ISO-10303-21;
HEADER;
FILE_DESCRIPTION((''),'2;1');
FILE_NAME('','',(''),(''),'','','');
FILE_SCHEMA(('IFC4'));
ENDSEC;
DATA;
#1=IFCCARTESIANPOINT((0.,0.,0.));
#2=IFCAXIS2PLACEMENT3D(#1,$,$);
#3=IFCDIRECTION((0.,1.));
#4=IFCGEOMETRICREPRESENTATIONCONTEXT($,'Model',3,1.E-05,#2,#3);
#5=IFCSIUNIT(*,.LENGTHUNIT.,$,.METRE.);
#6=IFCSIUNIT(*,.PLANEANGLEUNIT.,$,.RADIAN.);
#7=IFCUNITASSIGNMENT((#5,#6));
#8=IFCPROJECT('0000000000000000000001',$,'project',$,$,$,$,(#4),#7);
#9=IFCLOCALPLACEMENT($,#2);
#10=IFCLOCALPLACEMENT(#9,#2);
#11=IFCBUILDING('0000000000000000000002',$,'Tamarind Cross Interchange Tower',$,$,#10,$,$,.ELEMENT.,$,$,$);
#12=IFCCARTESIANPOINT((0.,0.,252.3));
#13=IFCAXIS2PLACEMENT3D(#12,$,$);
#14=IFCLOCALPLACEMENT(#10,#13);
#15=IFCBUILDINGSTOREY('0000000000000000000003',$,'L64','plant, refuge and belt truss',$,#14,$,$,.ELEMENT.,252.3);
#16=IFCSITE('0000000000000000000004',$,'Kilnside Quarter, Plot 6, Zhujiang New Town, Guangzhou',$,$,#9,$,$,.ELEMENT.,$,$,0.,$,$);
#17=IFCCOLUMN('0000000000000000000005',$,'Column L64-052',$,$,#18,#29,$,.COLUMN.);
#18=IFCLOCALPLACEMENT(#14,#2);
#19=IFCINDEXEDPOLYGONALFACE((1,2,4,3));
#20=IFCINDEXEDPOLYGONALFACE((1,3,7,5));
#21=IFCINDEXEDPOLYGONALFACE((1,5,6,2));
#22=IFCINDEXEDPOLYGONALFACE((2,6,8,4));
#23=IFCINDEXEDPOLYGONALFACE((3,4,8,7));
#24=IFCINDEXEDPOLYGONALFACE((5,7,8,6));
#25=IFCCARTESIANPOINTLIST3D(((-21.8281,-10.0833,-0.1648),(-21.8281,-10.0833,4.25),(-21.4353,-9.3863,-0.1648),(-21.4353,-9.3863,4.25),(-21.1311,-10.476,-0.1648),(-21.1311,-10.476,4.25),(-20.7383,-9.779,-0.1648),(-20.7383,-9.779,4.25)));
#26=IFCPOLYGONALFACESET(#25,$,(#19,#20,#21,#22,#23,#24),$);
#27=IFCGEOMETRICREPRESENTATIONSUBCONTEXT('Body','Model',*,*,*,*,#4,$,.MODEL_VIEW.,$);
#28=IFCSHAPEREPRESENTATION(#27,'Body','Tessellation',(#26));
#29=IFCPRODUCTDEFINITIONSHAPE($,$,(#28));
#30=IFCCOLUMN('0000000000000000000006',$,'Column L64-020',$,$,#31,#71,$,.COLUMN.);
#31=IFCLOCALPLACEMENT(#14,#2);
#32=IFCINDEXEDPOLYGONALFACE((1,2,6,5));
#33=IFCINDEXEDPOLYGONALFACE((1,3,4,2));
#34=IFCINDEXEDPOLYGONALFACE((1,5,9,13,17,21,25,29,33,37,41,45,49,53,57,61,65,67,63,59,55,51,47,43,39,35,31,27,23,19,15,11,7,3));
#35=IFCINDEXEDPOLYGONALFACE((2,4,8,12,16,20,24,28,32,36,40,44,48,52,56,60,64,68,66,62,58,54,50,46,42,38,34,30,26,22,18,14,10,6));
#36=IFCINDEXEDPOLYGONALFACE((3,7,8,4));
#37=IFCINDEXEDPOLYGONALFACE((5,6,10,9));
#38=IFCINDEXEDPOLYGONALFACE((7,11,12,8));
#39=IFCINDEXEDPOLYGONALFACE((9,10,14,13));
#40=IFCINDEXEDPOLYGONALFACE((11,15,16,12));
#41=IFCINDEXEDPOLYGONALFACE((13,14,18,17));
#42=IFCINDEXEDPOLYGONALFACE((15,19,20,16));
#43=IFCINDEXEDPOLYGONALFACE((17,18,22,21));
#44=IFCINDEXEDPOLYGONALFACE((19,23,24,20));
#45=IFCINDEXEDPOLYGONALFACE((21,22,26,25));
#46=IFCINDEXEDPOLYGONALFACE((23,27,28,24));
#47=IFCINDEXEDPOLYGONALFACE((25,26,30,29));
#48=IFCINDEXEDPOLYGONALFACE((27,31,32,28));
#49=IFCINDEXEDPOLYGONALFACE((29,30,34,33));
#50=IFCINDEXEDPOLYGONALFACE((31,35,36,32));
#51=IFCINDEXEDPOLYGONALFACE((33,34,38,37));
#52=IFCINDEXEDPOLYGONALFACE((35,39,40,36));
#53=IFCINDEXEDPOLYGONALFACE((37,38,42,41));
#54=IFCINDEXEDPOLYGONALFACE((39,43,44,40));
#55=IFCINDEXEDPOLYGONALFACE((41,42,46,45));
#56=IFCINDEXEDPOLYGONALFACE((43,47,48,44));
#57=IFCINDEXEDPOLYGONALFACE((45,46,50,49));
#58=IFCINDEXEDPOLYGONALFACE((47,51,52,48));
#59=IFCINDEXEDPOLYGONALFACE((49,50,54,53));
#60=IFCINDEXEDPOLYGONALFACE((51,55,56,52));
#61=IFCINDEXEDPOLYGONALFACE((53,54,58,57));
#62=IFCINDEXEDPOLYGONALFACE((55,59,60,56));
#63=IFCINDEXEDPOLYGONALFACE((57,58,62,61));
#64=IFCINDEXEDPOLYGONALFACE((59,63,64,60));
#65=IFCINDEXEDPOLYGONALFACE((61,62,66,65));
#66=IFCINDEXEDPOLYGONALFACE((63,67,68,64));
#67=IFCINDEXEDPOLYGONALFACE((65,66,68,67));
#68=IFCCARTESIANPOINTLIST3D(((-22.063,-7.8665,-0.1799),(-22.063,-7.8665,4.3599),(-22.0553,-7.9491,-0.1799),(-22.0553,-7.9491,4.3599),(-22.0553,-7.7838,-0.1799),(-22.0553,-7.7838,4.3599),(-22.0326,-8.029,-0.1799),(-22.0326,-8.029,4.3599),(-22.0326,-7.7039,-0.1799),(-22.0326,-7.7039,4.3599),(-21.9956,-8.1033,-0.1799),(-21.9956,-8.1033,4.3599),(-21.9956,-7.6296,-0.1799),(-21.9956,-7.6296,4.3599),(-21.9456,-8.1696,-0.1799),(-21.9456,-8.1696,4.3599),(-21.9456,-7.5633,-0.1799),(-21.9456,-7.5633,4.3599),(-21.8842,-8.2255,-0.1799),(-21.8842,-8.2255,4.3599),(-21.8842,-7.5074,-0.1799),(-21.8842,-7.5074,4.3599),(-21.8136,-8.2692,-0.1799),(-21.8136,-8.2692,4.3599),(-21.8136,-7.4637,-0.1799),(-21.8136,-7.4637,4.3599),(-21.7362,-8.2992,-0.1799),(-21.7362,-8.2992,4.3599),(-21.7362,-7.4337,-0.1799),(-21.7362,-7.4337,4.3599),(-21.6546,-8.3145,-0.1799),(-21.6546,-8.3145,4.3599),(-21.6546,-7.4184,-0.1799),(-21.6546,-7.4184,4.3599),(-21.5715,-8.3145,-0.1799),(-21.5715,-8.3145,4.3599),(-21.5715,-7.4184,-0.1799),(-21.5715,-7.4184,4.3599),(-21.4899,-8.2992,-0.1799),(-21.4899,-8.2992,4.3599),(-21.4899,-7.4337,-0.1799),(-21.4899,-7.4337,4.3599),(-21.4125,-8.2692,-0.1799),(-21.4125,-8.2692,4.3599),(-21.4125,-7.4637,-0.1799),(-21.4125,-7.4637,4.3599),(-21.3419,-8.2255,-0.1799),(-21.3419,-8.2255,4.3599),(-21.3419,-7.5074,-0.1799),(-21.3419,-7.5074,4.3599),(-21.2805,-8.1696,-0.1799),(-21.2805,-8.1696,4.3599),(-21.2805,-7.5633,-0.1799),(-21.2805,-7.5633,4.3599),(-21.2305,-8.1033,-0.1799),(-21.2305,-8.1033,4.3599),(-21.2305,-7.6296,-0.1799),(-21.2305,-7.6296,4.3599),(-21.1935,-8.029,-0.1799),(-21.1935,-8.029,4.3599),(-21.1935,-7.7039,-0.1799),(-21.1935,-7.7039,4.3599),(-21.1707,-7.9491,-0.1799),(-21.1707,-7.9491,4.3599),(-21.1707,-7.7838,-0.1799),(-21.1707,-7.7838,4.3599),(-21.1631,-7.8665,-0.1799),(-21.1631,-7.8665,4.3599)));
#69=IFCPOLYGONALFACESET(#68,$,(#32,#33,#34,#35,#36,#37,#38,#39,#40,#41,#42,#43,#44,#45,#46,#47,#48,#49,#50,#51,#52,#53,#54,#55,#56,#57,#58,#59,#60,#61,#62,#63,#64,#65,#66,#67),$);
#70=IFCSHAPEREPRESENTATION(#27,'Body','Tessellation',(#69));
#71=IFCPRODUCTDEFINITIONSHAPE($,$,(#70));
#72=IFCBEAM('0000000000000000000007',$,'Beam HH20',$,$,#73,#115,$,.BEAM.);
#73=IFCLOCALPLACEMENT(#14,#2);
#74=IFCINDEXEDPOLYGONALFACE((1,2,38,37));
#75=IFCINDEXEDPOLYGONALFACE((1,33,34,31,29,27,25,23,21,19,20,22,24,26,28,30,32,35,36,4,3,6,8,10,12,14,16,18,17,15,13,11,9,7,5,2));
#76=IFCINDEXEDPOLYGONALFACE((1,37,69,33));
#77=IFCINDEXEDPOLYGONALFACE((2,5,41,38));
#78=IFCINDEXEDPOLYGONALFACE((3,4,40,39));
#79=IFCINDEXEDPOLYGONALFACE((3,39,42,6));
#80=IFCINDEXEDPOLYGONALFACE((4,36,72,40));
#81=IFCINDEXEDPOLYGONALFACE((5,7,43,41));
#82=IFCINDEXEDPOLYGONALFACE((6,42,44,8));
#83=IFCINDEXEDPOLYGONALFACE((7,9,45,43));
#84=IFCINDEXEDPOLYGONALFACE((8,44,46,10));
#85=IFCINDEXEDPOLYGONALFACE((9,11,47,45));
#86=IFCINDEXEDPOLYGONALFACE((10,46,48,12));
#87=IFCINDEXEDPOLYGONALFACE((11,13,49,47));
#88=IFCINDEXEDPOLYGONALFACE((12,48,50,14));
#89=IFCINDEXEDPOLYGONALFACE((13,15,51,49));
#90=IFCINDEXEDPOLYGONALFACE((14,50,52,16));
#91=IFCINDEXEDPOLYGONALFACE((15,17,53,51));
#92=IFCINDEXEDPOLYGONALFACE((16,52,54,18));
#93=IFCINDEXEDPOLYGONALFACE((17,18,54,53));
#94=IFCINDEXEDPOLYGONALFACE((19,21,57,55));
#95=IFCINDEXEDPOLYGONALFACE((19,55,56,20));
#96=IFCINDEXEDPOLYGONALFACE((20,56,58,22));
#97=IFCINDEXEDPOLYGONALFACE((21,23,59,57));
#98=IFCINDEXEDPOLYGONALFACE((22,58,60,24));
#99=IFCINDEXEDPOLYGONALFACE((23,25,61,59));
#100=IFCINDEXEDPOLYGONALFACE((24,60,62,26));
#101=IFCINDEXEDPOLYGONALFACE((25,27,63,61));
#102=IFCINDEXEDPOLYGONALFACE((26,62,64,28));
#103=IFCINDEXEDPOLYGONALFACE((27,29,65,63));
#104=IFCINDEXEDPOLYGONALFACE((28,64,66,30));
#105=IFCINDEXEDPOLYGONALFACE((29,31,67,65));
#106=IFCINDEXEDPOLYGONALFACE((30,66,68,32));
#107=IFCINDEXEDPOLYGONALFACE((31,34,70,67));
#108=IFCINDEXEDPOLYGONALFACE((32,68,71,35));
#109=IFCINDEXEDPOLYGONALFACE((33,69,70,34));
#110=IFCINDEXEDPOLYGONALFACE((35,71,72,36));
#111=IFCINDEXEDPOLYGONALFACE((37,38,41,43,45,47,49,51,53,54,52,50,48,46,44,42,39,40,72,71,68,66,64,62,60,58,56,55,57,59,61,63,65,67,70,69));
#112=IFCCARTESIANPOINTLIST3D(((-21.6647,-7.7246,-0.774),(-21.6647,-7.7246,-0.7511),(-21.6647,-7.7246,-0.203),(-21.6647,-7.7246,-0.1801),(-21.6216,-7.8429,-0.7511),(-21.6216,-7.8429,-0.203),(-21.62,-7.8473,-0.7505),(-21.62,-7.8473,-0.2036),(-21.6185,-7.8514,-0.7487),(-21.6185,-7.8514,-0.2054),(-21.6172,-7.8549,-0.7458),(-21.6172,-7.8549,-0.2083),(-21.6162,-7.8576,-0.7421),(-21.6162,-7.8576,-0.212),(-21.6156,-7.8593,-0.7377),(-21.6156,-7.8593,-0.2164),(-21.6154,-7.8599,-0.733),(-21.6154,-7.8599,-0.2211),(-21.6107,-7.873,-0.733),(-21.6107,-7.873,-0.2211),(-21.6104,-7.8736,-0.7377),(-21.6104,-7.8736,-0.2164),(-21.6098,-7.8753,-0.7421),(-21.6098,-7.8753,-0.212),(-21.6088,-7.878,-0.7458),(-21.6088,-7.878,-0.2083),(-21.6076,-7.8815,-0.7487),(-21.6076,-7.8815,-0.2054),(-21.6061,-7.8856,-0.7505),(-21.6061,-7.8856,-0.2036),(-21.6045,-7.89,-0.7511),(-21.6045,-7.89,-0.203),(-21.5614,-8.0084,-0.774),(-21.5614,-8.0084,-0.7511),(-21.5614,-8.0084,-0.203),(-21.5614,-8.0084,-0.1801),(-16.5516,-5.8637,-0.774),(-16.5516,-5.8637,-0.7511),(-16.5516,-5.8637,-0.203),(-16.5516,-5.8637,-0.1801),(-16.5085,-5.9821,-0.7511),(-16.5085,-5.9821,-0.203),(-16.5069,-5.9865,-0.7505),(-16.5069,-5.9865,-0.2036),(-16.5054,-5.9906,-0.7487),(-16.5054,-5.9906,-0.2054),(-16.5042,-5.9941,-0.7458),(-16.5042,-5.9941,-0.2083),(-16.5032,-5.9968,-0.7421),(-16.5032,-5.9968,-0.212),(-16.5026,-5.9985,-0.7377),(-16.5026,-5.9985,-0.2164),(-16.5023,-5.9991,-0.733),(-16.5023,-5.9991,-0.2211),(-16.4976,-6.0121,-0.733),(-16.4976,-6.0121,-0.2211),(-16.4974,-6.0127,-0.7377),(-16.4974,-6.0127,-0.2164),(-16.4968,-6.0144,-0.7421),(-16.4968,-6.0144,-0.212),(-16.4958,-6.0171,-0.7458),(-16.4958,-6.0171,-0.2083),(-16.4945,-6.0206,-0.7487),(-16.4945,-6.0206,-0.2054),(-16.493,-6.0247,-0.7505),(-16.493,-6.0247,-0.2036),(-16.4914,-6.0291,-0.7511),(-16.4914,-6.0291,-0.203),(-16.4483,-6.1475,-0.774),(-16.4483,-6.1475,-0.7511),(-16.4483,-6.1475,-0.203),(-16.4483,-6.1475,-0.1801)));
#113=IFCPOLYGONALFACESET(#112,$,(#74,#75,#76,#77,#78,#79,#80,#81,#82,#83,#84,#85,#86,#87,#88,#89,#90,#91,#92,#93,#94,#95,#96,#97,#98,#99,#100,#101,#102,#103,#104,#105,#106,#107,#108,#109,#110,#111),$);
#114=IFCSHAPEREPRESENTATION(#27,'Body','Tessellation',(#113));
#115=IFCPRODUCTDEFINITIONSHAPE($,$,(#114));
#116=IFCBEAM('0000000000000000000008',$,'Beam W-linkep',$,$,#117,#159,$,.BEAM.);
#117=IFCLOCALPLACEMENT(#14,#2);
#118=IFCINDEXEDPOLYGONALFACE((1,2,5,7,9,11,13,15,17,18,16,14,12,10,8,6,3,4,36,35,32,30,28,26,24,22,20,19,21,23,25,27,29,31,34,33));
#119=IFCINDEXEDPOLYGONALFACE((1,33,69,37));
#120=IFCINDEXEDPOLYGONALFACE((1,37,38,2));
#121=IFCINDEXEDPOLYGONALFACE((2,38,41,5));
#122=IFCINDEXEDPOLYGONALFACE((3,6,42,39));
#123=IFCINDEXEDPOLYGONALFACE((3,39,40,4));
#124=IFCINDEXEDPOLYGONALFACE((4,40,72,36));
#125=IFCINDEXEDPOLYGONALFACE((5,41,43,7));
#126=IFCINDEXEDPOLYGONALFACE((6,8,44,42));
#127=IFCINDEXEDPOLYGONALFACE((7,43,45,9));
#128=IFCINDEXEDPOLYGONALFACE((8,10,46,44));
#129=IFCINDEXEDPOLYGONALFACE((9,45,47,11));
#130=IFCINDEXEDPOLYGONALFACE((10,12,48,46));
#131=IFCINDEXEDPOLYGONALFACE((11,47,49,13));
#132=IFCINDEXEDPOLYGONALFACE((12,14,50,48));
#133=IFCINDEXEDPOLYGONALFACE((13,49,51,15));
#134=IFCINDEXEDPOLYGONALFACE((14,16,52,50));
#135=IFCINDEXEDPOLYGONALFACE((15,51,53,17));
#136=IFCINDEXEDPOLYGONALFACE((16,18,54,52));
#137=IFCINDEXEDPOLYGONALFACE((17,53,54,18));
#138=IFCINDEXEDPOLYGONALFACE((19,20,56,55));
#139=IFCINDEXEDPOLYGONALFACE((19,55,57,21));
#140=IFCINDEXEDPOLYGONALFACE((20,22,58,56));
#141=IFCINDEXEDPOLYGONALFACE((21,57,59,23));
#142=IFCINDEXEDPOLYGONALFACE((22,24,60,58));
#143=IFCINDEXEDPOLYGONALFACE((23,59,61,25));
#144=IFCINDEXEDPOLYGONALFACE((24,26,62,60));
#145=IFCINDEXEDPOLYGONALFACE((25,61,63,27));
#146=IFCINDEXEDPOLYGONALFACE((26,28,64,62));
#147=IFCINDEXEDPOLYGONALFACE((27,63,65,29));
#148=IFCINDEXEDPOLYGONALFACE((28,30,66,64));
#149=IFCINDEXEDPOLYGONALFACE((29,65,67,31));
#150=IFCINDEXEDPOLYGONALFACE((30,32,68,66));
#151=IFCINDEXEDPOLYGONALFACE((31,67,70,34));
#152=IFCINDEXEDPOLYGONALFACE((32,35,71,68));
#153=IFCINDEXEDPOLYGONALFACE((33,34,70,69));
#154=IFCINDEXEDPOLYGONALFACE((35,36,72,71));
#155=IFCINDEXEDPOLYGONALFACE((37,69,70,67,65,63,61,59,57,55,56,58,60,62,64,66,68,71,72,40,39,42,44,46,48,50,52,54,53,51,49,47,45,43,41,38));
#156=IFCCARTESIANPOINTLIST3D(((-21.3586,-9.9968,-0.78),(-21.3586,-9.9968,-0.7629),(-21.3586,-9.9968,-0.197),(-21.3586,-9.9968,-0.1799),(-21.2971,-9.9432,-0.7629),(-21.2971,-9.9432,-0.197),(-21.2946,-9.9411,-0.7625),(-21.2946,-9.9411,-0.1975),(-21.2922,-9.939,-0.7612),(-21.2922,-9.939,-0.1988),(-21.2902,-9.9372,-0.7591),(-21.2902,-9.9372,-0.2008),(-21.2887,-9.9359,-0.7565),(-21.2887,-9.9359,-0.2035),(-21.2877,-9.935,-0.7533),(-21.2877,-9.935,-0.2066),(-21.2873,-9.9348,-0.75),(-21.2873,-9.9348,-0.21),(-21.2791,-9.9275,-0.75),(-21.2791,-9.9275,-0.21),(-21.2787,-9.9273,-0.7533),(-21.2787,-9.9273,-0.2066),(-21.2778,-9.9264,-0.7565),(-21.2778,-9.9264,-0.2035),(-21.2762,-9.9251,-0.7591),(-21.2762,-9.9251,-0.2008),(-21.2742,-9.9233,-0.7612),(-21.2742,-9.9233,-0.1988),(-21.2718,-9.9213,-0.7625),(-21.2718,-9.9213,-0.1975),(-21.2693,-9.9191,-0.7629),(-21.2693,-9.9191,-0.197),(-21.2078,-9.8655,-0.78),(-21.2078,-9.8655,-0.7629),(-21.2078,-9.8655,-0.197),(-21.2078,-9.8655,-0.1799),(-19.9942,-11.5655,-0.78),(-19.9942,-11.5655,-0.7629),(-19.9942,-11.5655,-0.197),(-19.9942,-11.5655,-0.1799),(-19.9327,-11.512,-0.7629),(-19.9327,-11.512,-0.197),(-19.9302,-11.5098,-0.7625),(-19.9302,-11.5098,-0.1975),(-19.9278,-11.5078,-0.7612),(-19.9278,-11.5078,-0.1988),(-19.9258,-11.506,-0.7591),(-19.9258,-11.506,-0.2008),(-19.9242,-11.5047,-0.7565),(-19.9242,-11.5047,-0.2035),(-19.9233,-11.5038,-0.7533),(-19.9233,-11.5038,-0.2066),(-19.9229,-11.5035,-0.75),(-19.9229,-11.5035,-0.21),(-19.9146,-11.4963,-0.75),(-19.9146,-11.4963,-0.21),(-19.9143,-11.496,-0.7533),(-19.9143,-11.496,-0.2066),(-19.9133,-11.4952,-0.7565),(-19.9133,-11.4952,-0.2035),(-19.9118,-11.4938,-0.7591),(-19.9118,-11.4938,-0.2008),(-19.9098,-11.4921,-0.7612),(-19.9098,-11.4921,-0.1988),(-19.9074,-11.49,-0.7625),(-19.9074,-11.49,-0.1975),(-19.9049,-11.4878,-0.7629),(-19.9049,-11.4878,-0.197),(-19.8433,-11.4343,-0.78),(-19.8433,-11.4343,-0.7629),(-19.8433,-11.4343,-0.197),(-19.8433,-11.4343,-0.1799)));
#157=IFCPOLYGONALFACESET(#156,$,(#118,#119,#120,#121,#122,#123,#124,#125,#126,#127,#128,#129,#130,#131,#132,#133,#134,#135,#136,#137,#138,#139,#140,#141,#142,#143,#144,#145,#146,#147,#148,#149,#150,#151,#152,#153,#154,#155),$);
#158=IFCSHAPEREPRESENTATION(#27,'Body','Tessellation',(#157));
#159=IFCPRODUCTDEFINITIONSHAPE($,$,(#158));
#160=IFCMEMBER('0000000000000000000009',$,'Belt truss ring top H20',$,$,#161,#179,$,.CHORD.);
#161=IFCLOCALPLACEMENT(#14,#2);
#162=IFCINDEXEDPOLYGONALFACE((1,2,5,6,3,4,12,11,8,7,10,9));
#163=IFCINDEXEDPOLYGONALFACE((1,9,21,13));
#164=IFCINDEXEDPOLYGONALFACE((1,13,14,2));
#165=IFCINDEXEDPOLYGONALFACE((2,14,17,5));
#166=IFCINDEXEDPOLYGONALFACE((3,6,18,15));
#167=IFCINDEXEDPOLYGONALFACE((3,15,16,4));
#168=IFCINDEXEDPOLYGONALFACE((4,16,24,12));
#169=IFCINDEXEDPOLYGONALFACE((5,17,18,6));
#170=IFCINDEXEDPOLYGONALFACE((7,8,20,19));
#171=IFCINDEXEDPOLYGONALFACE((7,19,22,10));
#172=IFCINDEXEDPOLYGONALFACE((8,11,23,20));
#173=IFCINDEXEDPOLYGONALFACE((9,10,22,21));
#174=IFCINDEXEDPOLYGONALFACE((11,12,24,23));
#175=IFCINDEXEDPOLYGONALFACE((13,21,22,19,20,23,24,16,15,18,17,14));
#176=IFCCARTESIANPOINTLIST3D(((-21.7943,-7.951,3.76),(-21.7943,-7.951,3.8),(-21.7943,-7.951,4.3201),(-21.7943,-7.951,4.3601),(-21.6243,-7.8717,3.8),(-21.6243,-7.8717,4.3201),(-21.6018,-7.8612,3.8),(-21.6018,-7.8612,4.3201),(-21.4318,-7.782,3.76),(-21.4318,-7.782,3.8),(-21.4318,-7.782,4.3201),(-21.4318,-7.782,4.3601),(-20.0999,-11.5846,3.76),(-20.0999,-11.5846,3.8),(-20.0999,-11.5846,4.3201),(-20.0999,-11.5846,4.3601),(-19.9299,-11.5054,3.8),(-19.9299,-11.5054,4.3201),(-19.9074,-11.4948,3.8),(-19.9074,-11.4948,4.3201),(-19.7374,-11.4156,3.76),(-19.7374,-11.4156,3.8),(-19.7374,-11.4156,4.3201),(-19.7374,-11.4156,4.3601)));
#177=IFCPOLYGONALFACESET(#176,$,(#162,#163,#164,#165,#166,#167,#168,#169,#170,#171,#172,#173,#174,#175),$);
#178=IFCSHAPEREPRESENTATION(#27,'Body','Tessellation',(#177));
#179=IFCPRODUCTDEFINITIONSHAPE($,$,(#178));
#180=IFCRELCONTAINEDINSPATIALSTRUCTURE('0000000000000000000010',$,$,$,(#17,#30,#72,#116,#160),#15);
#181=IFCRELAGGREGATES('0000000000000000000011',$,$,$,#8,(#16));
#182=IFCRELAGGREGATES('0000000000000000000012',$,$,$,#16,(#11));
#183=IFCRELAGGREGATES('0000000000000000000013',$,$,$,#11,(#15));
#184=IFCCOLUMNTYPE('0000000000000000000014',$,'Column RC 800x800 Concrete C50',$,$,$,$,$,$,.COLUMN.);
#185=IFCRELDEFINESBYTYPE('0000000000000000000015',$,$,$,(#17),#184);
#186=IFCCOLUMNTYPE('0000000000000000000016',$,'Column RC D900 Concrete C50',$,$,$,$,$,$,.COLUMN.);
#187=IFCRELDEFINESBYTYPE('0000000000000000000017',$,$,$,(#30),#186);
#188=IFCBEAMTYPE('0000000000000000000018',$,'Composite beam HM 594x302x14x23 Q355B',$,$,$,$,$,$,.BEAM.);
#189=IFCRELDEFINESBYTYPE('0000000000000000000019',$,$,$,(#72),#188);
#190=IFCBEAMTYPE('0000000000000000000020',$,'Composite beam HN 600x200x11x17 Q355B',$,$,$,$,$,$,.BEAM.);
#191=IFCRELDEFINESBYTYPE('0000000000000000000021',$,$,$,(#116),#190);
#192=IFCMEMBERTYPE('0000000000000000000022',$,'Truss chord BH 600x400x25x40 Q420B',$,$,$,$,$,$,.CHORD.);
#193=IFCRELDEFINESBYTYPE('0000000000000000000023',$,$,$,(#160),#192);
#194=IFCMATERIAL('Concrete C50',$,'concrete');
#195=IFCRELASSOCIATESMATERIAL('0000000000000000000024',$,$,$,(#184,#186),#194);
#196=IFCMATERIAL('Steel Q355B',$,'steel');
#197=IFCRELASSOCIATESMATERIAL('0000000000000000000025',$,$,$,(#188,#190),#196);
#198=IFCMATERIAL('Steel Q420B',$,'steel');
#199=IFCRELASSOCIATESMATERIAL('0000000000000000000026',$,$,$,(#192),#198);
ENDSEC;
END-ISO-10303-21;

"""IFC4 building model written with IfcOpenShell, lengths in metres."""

from ifc_helpers import new_model, si_unit, direction, frame, origin, origin_2d, place, context, subcontext, project, spatial, rectangle, circle, i_section, extrude, material, material_profile, profile_set, type_object, element, save


model = new_model("IFC4")

# Units and contexts
model_context = context("Model", 3, precision=1e-05, world=origin(), true_north=direction((0.0, 1.0)))
body_context = subcontext(model_context, "Body", "Model", "MODEL_VIEW")
ifc_project = project(units=[si_unit("LENGTHUNIT", "METRE"), si_unit("PLANEANGLEUNIT", "RADIAN")], contexts=[model_context])

# Site, building, storey
site_placement = place(None, origin())
site = spatial("IfcSite", under=ifc_project, at=site_placement, Name="Kilnside Quarter, Plot 6, Zhujiang New Town, Guangzhou", CompositionType="ELEMENT", RefElevation=0.0)
building_placement = place(site_placement, origin())
building = spatial("IfcBuilding", under=site, at=building_placement, Name="Tamarind Cross Interchange Tower", CompositionType="ELEMENT")
storey_placement = place(building_placement, frame((0.0, 0.0, 252.3)))
storey = spatial("IfcBuildingStorey", under=building, at=storey_placement, Name="L64", Description="plant, refuge and belt truss", CompositionType="ELEMENT", Elevation=252.3)

# Columns
ifc_material_1 = material(Name="Concrete C50", Category="concrete")
ifc_material_profile_1 = material_profile(ifc_material_1, rectangle(XDim=0.8, YDim=0.8, at=origin_2d()), Name="RC 800x800")
ifc_profile_set_1 = profile_set([ifc_material_profile_1], Name="Concrete C50")
column_type_1 = type_object("IfcColumnType", Name="Column RC 800x800 Concrete C50", PredefinedType="COLUMN", material=ifc_profile_set_1)
column_1_placement = place(storey_placement, frame((-21.2832, -9.9312, -0.1648), z_axis=(0.0, 0.0, 1.0), x_axis=(0.490928, 0.8712, 0.0)))
element("IfcColumn", 1, at=column_1_placement, inside=storey, type_object=column_type_1, Name="Column L64-052", PredefinedType="COLUMN", context=body_context, shape_type="SweptSolid", body=[
    extrude(rectangle(XDim=0.8, YDim=0.8, at=origin_2d()), origin(), (0.0, 0.0, 1.0), 4.4148),
])
ifc_material_profile_2 = material_profile(ifc_material_1, circle(Radius=0.45, at=origin_2d()), Name="RC D900")
ifc_profile_set_2 = profile_set([ifc_material_profile_2], Name="Concrete C50")
column_type_2 = type_object("IfcColumnType", Name="Column RC D900 Concrete C50", PredefinedType="COLUMN", material=ifc_profile_set_2)
column_2_placement = place(storey_placement, frame((-21.613, -7.8665, -0.1799), z_axis=(0.0, 0.0, 1.0), x_axis=(1.0, 0.0, 0.0)))
element("IfcColumn", 2, at=column_2_placement, inside=storey, type_object=column_type_2, Name="Column L64-020", PredefinedType="COLUMN", context=body_context, shape_type="SweptSolid", body=[
    extrude(circle(Radius=0.45, at=origin_2d()), origin(), (0.0, 0.0, 1.0), 4.5398),
])

# Beams
ifc_material_2 = material(Name="Steel Q355B", Category="steel")
ifc_material_profile_3 = material_profile(ifc_material_2, i_section(OverallWidth=0.302, OverallDepth=0.594, WebThickness=0.0139, FlangeThickness=0.0229, FilletRadius=0.0181, at=origin_2d()), Name="HM 594x302x14x23")
ifc_profile_set_3 = profile_set([ifc_material_profile_3], Name="Steel Q355B")
beam_type_1 = type_object("IfcBeamType", Name="Composite beam HM 594x302x14x23 Q355B", PredefinedType="BEAM", material=ifc_profile_set_3)
beam_1_placement = place(storey_placement, frame((-21.613, -7.8665, -0.4771), z_axis=(0.939702, 0.341995, 0.0), x_axis=(-0.341995, 0.939702, 0.0)))
element("IfcBeam", 3, at=beam_1_placement, inside=storey, type_object=beam_type_1, Name="Beam HH20", PredefinedType="BEAM", context=body_context, shape_type="SweptSolid", body=[
    extrude(i_section(OverallWidth=0.302, OverallDepth=0.594, WebThickness=0.0139, FlangeThickness=0.0229, FilletRadius=0.0181, at=origin_2d()), origin(), (0.0, 0.0, 1.0), 5.4412),
])
ifc_material_profile_4 = material_profile(ifc_material_2, i_section(OverallWidth=0.2, OverallDepth=0.6001, WebThickness=0.011, FlangeThickness=0.0171, FilletRadius=0.0129, at=origin_2d()), Name="HN 600x200x11x17")
ifc_profile_set_4 = profile_set([ifc_material_profile_4], Name="Steel Q355B")
beam_type_2 = type_object("IfcBeamType", Name="Composite beam HN 600x200x11x17 Q355B", PredefinedType="BEAM", material=ifc_profile_set_4)
beam_2_placement = place(storey_placement, frame((-21.2832, -9.9312, -0.48), z_axis=(0.656257, -0.754537, 0.0), x_axis=(0.754537, 0.656257, 0.0)))
element("IfcBeam", 4, at=beam_2_placement, inside=storey, type_object=beam_type_2, Name="Beam W-linkep", PredefinedType="BEAM", context=body_context, shape_type="SweptSolid", body=[
    extrude(i_section(OverallWidth=0.2, OverallDepth=0.6001, WebThickness=0.011, FlangeThickness=0.0171, FilletRadius=0.0129, at=origin_2d()), origin(), (0.0, 0.0, 1.0), 2.0791),
])

# Member
ifc_material_3 = material(Name="Steel Q420B", Category="steel")
ifc_material_profile_5 = material_profile(ifc_material_3, i_section(OverallWidth=0.3999, OverallDepth=0.6001, WebThickness=0.0249, FlangeThickness=0.04, at=origin_2d()), Name="BH 600x400x25x40")
ifc_profile_set_5 = profile_set([ifc_material_profile_5], Name="Steel Q420B")
member_type_1 = type_object("IfcMemberType", Name="Truss chord BH 600x400x25x40 Q420B", PredefinedType="CHORD", material=ifc_profile_set_5)
for number, where, z_axis, x_axis, name in (
    (5, (-21.613, -7.8665, 4.0601), (0.422615, -0.906309, 0.0), (0.906309, 0.422615, 0.0), "Belt truss ring top H20"),
):
    element("IfcMember", number, at=place(storey_placement, frame(where, z_axis=z_axis, x_axis=x_axis)), inside=storey, type_object=member_type_1, Name=name, PredefinedType="CHORD", context=body_context, shape_type="SweptSolid", body=[
        extrude(i_section(OverallWidth=0.3999, OverallDepth=0.6001, WebThickness=0.0249, FlangeThickness=0.04, at=origin_2d()), origin(), (0.0, 0.0, 1.0), 4.0093),
    ])

save(model, "model.ifc")
